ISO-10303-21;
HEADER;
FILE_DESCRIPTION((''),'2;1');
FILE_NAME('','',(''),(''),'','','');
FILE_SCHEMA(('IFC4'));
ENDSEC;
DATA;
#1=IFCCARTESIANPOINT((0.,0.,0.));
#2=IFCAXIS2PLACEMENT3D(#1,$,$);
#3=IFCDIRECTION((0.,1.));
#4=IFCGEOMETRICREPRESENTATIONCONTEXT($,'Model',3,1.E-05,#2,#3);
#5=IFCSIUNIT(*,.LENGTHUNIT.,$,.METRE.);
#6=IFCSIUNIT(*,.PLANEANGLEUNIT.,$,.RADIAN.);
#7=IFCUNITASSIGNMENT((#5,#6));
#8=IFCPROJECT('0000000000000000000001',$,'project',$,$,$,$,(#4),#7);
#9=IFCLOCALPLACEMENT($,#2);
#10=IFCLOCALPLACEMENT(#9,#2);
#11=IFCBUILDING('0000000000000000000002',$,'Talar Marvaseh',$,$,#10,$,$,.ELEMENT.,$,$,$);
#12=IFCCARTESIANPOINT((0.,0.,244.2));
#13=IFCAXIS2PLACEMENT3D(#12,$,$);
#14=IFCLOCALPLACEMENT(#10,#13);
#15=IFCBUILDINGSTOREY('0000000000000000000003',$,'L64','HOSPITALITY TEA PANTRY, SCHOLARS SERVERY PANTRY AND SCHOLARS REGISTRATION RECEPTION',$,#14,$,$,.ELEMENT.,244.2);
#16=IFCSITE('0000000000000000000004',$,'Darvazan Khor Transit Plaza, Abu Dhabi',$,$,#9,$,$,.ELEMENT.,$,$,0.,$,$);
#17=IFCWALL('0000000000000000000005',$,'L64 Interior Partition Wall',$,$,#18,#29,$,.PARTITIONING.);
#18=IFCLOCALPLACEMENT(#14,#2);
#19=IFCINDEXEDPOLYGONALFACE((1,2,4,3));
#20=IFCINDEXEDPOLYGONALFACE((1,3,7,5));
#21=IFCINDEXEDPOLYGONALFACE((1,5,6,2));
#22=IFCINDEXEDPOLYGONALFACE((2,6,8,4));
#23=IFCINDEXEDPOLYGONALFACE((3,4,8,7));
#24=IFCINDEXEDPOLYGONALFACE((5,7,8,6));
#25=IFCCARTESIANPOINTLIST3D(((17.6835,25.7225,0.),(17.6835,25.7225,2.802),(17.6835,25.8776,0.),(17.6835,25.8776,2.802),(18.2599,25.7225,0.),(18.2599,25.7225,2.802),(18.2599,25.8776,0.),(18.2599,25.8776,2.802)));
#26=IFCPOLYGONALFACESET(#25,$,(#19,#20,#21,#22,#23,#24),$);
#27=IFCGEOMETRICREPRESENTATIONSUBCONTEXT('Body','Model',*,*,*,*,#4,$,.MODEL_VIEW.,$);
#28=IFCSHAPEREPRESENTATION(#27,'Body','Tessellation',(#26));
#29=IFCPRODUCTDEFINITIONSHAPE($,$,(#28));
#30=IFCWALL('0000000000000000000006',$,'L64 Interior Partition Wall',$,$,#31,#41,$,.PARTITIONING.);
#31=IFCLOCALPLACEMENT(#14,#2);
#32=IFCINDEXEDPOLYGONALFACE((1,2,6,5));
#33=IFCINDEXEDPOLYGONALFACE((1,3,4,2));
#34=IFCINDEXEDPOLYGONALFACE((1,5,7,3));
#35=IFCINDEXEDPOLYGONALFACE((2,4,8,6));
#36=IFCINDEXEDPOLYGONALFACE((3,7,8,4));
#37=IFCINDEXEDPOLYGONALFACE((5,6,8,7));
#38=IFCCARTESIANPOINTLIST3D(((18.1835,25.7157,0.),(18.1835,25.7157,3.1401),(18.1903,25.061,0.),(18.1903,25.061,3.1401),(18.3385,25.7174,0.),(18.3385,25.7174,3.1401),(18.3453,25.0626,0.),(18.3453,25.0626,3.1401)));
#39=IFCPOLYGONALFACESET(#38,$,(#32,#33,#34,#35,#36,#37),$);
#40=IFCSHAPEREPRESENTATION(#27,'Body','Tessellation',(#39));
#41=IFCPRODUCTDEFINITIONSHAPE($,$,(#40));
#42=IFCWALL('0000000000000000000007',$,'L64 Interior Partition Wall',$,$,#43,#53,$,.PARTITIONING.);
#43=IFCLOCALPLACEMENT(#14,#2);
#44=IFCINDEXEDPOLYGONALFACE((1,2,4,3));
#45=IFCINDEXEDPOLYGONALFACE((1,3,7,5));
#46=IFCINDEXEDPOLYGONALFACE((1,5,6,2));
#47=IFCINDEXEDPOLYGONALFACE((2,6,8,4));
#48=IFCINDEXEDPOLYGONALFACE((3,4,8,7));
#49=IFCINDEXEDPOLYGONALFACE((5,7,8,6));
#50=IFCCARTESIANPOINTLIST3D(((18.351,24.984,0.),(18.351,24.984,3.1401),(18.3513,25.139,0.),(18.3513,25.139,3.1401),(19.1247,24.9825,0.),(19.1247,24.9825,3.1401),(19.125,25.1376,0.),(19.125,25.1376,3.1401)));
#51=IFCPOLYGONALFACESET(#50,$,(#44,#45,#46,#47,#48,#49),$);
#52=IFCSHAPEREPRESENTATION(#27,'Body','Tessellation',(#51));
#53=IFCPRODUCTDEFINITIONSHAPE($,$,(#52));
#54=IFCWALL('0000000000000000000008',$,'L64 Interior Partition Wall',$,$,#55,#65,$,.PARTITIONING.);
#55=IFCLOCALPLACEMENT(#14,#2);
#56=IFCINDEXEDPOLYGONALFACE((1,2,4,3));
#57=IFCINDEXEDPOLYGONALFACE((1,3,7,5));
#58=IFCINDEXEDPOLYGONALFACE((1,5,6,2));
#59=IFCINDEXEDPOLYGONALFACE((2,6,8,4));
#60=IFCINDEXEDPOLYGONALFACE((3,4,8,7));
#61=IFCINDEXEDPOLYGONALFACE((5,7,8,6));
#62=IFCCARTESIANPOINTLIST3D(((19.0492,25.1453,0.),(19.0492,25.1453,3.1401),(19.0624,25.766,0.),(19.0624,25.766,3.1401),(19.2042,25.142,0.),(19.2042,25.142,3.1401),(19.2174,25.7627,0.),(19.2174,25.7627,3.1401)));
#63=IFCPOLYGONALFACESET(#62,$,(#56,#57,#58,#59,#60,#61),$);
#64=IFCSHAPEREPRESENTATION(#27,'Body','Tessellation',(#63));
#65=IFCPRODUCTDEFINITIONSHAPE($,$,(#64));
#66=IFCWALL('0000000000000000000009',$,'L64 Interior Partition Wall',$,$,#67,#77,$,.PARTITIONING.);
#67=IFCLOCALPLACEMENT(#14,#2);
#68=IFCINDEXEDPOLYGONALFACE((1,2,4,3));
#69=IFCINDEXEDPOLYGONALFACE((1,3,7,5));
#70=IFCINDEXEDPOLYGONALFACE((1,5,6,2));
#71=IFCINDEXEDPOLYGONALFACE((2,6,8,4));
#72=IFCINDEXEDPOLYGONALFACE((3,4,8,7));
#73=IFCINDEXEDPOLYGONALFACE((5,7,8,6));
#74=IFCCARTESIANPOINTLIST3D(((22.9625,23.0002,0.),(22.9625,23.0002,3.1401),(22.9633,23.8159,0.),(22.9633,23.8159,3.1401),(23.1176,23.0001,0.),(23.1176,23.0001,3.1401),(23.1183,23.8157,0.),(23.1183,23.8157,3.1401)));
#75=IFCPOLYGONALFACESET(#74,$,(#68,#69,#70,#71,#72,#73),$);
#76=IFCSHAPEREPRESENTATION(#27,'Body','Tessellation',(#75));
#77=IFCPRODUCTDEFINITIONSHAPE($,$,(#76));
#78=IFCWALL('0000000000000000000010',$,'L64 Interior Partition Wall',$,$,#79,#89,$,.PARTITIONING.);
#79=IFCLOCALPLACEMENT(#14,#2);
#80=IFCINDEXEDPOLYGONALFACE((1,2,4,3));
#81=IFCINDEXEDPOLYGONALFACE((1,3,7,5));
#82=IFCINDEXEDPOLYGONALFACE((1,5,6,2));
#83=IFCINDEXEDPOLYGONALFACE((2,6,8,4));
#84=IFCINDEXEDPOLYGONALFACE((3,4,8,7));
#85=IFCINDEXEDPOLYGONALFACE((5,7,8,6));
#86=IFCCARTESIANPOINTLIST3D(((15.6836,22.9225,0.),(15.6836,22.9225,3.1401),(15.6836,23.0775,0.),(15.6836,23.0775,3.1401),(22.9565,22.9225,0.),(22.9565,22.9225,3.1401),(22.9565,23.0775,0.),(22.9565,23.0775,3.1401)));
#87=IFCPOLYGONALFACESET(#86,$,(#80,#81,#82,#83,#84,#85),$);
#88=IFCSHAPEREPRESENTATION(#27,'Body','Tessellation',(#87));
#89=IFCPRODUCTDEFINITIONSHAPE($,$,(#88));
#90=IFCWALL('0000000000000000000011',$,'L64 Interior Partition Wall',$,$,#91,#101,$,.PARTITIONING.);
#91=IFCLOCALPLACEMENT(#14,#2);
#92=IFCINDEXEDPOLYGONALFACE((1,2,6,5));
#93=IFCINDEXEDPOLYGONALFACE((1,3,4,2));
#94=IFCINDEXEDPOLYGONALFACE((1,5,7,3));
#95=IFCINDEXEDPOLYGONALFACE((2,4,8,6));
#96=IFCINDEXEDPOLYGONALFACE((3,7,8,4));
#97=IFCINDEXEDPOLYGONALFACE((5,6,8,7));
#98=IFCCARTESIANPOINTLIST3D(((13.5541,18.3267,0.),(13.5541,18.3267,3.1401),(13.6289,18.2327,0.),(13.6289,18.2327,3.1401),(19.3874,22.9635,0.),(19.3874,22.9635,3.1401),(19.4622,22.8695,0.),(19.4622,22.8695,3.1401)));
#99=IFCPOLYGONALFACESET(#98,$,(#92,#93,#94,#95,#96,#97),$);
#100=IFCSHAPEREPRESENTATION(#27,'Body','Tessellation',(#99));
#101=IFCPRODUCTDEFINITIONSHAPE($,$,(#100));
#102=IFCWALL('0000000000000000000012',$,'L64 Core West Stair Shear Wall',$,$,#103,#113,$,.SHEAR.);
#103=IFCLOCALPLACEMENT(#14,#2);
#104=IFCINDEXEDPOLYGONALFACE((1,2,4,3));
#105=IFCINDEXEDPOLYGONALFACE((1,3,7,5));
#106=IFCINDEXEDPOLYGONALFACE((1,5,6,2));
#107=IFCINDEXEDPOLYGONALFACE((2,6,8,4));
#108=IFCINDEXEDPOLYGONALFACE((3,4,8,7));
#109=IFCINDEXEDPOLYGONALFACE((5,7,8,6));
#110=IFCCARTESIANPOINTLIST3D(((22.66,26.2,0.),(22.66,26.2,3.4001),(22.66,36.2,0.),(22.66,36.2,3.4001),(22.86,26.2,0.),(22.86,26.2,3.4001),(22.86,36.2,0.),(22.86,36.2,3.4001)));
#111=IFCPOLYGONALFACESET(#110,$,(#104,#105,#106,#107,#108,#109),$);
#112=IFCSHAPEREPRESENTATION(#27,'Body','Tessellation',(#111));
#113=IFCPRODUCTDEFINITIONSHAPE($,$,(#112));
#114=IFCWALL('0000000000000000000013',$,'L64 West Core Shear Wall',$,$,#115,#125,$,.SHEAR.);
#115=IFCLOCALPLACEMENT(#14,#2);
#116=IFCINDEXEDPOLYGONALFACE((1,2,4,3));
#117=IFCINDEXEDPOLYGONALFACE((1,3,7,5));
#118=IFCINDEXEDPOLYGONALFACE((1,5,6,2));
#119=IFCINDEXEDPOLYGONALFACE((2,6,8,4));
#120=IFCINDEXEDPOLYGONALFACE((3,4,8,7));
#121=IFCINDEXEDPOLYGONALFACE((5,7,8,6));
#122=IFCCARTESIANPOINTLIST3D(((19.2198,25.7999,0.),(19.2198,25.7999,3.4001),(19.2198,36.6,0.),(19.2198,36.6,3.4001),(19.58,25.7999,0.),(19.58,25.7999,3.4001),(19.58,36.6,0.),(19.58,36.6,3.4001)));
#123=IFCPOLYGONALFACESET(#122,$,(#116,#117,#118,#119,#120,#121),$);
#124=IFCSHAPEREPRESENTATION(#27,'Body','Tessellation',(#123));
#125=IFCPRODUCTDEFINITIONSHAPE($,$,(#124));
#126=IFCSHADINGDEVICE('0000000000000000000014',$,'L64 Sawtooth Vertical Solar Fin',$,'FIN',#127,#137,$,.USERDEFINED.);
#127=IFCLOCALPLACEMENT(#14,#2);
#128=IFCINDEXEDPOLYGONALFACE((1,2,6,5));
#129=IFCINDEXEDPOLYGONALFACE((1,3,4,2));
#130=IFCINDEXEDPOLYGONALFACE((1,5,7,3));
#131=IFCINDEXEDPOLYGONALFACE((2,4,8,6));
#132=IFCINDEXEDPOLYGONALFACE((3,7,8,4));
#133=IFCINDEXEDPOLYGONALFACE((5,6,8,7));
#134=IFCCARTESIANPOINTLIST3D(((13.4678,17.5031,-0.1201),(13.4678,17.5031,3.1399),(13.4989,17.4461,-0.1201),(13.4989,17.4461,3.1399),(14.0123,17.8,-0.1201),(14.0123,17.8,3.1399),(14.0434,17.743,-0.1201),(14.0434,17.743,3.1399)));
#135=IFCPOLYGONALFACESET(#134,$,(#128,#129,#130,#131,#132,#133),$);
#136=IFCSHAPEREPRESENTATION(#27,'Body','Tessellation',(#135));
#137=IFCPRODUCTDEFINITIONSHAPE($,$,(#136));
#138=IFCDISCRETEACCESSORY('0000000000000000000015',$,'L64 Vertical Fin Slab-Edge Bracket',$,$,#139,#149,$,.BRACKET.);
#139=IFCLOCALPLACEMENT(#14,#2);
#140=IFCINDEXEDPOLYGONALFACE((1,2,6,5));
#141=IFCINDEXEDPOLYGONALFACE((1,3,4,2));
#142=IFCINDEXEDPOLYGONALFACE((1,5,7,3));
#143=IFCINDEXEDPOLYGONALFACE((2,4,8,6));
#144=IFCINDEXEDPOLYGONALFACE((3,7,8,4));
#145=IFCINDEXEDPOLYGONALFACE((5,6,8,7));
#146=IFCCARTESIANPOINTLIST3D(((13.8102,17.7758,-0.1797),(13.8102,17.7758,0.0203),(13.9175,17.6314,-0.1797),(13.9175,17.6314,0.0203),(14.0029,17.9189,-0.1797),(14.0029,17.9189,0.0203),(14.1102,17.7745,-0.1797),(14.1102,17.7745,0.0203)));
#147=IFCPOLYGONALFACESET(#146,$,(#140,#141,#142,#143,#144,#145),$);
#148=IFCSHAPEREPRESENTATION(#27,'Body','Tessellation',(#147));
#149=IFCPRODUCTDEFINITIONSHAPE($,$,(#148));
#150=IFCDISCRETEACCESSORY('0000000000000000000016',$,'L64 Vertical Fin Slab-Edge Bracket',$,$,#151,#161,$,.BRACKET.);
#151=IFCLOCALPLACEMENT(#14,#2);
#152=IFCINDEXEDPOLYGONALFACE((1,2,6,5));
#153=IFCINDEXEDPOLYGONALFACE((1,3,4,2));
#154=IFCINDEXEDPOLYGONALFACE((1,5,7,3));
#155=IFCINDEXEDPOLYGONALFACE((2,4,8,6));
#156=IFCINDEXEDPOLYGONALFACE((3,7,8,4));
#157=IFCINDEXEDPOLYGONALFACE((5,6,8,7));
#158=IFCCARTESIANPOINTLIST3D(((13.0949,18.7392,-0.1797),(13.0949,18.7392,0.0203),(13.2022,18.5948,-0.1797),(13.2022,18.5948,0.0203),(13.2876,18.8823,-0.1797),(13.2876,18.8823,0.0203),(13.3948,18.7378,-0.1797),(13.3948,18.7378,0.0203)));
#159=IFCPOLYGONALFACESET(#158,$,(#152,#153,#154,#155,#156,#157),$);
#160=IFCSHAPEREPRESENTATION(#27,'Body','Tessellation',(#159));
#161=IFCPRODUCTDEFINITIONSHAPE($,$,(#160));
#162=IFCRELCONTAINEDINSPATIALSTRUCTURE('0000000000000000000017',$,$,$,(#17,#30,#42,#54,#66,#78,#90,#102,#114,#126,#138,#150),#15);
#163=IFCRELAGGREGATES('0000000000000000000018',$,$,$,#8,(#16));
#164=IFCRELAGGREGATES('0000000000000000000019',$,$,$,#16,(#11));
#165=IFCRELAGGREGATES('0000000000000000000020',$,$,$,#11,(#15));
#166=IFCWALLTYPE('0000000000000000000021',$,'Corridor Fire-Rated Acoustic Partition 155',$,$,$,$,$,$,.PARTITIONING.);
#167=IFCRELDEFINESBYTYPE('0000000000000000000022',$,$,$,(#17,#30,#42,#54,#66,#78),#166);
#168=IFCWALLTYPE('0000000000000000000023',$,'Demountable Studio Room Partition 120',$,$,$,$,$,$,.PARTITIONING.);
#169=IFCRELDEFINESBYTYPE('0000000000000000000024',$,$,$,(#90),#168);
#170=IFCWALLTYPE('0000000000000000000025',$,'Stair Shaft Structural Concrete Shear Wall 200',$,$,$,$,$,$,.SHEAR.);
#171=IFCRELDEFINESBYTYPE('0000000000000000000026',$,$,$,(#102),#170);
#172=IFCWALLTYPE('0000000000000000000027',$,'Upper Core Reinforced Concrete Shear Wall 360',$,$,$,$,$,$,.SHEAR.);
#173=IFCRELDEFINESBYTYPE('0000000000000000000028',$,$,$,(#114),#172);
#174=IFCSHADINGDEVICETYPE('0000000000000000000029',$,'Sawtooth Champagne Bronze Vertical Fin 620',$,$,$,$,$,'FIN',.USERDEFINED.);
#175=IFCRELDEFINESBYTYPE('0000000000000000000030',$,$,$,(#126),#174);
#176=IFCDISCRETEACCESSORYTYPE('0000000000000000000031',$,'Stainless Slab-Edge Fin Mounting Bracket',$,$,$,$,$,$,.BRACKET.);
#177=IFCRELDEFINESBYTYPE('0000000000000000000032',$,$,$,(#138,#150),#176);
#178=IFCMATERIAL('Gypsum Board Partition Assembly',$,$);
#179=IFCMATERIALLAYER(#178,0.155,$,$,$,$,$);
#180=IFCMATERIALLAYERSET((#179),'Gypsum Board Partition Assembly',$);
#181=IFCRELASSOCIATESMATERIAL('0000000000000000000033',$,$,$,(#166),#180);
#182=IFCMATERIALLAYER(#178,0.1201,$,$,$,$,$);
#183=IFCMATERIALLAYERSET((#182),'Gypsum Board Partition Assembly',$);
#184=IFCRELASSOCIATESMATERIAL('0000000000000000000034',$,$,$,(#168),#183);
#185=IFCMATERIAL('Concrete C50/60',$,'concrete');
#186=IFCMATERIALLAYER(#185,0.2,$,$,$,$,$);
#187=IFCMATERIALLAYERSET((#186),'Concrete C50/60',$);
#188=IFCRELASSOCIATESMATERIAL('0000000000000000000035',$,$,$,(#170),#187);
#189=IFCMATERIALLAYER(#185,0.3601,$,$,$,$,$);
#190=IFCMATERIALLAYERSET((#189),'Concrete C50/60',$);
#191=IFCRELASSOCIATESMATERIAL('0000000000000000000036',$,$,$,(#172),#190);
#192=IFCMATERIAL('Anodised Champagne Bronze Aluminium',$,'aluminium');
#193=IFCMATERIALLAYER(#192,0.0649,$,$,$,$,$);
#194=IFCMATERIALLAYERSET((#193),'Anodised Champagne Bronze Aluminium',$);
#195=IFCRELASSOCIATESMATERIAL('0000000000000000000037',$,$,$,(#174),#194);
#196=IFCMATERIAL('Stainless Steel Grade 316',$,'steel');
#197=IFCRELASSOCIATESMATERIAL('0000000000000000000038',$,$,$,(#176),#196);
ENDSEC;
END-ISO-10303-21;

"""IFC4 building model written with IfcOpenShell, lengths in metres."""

from ifc_helpers import new_model, si_unit, direction, frame, frame_2d, origin, origin_2d, place, context, subcontext, project, spatial, rectangle, extrude, source, transform, mapped, material, layer, layer_set, type_object, type_shapes, element, save


model = new_model("IFC4")

# Units and contexts
model_context = context("Model", 3, precision=1e-05, world=origin(), true_north=direction((0.0, 1.0)))
body_context = subcontext(model_context, "Body", "Model", "MODEL_VIEW")
ifc_project = project(units=[si_unit("LENGTHUNIT", "METRE"), si_unit("PLANEANGLEUNIT", "RADIAN")], contexts=[model_context])

# Site, building, storey
site_placement = place(None, origin())
site = spatial("IfcSite", under=ifc_project, at=site_placement, Name="Darvazan Khor Transit Plaza, Abu Dhabi", CompositionType="ELEMENT", RefElevation=0.0)
building_placement = place(site_placement, origin())
building = spatial("IfcBuilding", under=site, at=building_placement, Name="Talar Marvaseh", CompositionType="ELEMENT")
storey_placement = place(building_placement, frame((0.0, 0.0, 244.2)))
storey = spatial("IfcBuildingStorey", under=building, at=storey_placement, Name="L64", Description="HOSPITALITY TEA PANTRY, SCHOLARS SERVERY PANTRY AND SCHOLARS REGISTRATION RECEPTION", CompositionType="ELEMENT", Elevation=244.2)

# Shared definitions
ifc_material_1 = material(Name="Concrete C50/60", Category="concrete")

# Shared definitions
ifc_material_2 = material(Name="Gypsum Board Partition Assembly")
ifc_layer_1 = layer(ifc_material_2, 0.155)
ifc_layer_set_1 = layer_set([ifc_layer_1], Name="Gypsum Board Partition Assembly")
wall_type_1 = type_object("IfcWallType", Name="Corridor Fire-Rated Acoustic Partition 155", PredefinedType="PARTITIONING", material=ifc_layer_set_1)

# Walls
wall_1_placement = place(storey_placement, frame((17.6836, 25.8, 0.0), z_axis=(0.0, 0.0, 1.0), x_axis=(1.0, 0.0, 0.0)))
element("IfcWall", 1, at=wall_1_placement, inside=storey, type_object=wall_type_1, Name="L64 Interior Partition Wall", PredefinedType="PARTITIONING", context=body_context, shape_type="SweptSolid", body=[
    extrude(rectangle(XDim=0.5764, YDim=0.155, at=frame_2d((0.2881, 0.0))), origin(), (0.0, 0.0, 1.0), 2.802),
])
wall_2_placement = place(storey_placement, frame((18.261, 25.7166, 0.0), z_axis=(0.0, 0.0, 1.0), x_axis=(0.010439, -0.999946, 0.0)))
element("IfcWall", 2, at=wall_2_placement, inside=storey, type_object=wall_type_1, Name="L64 Interior Partition Wall", PredefinedType="PARTITIONING", context=body_context, shape_type="SweptSolid", body=[
    extrude(rectangle(XDim=0.6548, YDim=0.155, at=frame_2d((0.3274, 0.0))), origin(), (0.0, 0.0, 1.0), 3.1401),
])
wall_3_placement = place(storey_placement, frame((18.3513, 25.0615, 0.0), z_axis=(0.0, 0.0, 1.0), x_axis=(0.999998, -0.001893, 0.0)))
element("IfcWall", 3, at=wall_3_placement, inside=storey, type_object=wall_type_1, Name="L64 Interior Partition Wall", PredefinedType="PARTITIONING", context=body_context, shape_type="SweptSolid", body=[
    extrude(rectangle(XDim=0.7737, YDim=0.155, at=frame_2d((0.3867, 0.0))), origin(), (0.0, 0.0, 1.0), 3.1401),
])
wall_4_placement = place(storey_placement, frame((19.1267, 25.1436, 0.0), z_axis=(0.0, 0.0, 1.0), x_axis=(0.021238, 0.999774, 0.0)))
element("IfcWall", 4, at=wall_4_placement, inside=storey, type_object=wall_type_1, Name="L64 Interior Partition Wall", PredefinedType="PARTITIONING", context=body_context, shape_type="SweptSolid", body=[
    extrude(rectangle(XDim=0.6208, YDim=0.155, at=frame_2d((0.3105, 0.0))), origin(), (0.0, 0.0, 1.0), 3.1401),
])
wall_5_placement = place(storey_placement, frame((23.0408, 23.8157, 0.0), z_axis=(0.0, 0.0, 1.0), x_axis=(-0.000898, -1.0, 0.0)))
element("IfcWall", 5, at=wall_5_placement, inside=storey, type_object=wall_type_1, Name="L64 Interior Partition Wall", PredefinedType="PARTITIONING", context=body_context, shape_type="SweptSolid", body=[
    extrude(rectangle(XDim=0.8157, YDim=0.155, at=frame_2d((0.4077, 0.0))), origin(), (0.0, 0.0, 1.0), 3.1401),
])
wall_6_placement = place(storey_placement, frame((22.9565, 23.0, 0.0), z_axis=(0.0, 0.0, 1.0), x_axis=(-1.0, 0.0, 0.0)))
element("IfcWall", 6, at=wall_6_placement, inside=storey, type_object=wall_type_1, Name="L64 Interior Partition Wall", PredefinedType="PARTITIONING", context=body_context, shape_type="SweptSolid", body=[
    extrude(rectangle(XDim=7.2729, YDim=0.155, at=frame_2d((3.6365, 0.0))), origin(), (0.0, 0.0, 1.0), 3.1401),
])
ifc_layer_2 = layer(ifc_material_2, 0.1201)
ifc_layer_set_2 = layer_set([ifc_layer_2], Name="Gypsum Board Partition Assembly")
wall_type_2 = type_object("IfcWallType", Name="Demountable Studio Room Partition 120", PredefinedType="PARTITIONING", material=ifc_layer_set_2)
wall_7_placement = place(storey_placement, frame((19.4248, 22.9165, 0.0), z_axis=(0.0, 0.0, 1.0), x_axis=(-0.782821, -0.622247, 0.0)))
element("IfcWall", 7, at=wall_7_placement, inside=storey, type_object=wall_type_2, Name="L64 Interior Partition Wall", PredefinedType="PARTITIONING", context=body_context, shape_type="SweptSolid", body=[
    extrude(rectangle(XDim=7.4517, YDim=0.1201, at=frame_2d((3.7258, 0.0))), origin(), (0.0, 0.0, 1.0), 3.1401),
])
ifc_layer_3 = layer(ifc_material_1, 0.2)
ifc_layer_set_3 = layer_set([ifc_layer_3], Name="Concrete C50/60")
wall_type_3 = type_object("IfcWallType", Name="Stair Shaft Structural Concrete Shear Wall 200", PredefinedType="SHEAR", material=ifc_layer_set_3)
wall_8_placement = place(storey_placement, frame((22.76, 26.2, 0.0), z_axis=(0.0, 0.0, 1.0), x_axis=(0.0, 1.0, 0.0)))
element("IfcWall", 8, at=wall_8_placement, inside=storey, type_object=wall_type_3, Name="L64 Core West Stair Shear Wall", PredefinedType="SHEAR", context=body_context, shape_type="SweptSolid", body=[
    extrude(rectangle(XDim=10.0, YDim=0.2, at=frame_2d((5.0, 0.0))), origin(), (0.0, 0.0, 1.0), 3.4001),
])
ifc_layer_4 = layer(ifc_material_1, 0.3601)
ifc_layer_set_4 = layer_set([ifc_layer_4], Name="Concrete C50/60")
wall_type_4 = type_object("IfcWallType", Name="Upper Core Reinforced Concrete Shear Wall 360", PredefinedType="SHEAR", material=ifc_layer_set_4)
wall_9_placement = place(storey_placement, frame((19.3999, 25.8, 0.0), z_axis=(0.0, 0.0, 1.0), x_axis=(0.0, 1.0, 0.0)))
element("IfcWall", 9, at=wall_9_placement, inside=storey, type_object=wall_type_4, Name="L64 West Core Shear Wall", PredefinedType="SHEAR", context=body_context, shape_type="SweptSolid", body=[
    extrude(rectangle(XDim=10.8, YDim=0.3601, at=frame_2d((5.3999, 0.0))), origin(), (0.0, 0.0, 1.0), 3.4001),
])

# Shading device
ifc_material_3 = material(Name="Anodised Champagne Bronze Aluminium", Category="aluminium")
ifc_layer_5 = layer(ifc_material_3, 0.0649)
ifc_layer_set_5 = layer_set([ifc_layer_5], Name="Anodised Champagne Bronze Aluminium")
shading_device_type = type_object("IfcShadingDeviceType", Name="Sawtooth Champagne Bronze Vertical Fin 620", ElementType="FIN", PredefinedType="USERDEFINED", material=ifc_layer_set_5)
shared_shape_1 = source(origin(), body_context, "Body", "SweptSolid", [
    extrude(rectangle(XDim=0.6201, YDim=0.0649, at=origin_2d()), origin(), (0.0, 0.0, 1.0), 3.26),
])
type_shapes(shading_device_type, [shared_shape_1])
shading_device_placement = place(storey_placement, frame((13.7556, 17.623, -0.1201), z_axis=(0.0, 0.0, 1.0), x_axis=(-0.877983, -0.478692, 0.0)))
element("IfcShadingDevice", 10, at=shading_device_placement, inside=storey, type_object=shading_device_type, Name="L64 Sawtooth Vertical Solar Fin", ObjectType="FIN", PredefinedType="USERDEFINED", context=body_context, shape_type="MappedRepresentation", body=[
    mapped(shared_shape_1, transform((0.0, 0.0, 0.0), x_axis=(1.0, 0.0, 0.0), y_axis=(0.0, 1.0, 0.0), z_axis=(0.0, 0.0, 1.0), scale=1.0)),
])

# Discrete accessories
ifc_material_4 = material(Name="Stainless Steel Grade 316", Category="steel")
discrete_accessory_type = type_object("IfcDiscreteAccessoryType", Name="Stainless Slab-Edge Fin Mounting Bracket", PredefinedType="BRACKET", material=ifc_material_4)
shared_shape_2 = source(origin(), body_context, "Body", "SweptSolid", [
    extrude(rectangle(XDim=0.24, YDim=0.1799, at=origin_2d()), origin(), (0.0, 0.0, 1.0), 0.2),
])
type_shapes(discrete_accessory_type, [shared_shape_2])
for number, where, z_axis, x_axis, name in (
    (11, (13.9602, 17.7751, -0.1797), (0.0, 0.0, 1.0), (-0.802817, -0.596225, 0.0), "L64 Vertical Fin Slab-Edge Bracket"),
    (12, (13.2449, 18.7385, -0.1797), (0.0, 0.0, 1.0), (-0.802817, -0.596225, 0.0), "L64 Vertical Fin Slab-Edge Bracket"),
):
    element("IfcDiscreteAccessory", number, at=place(storey_placement, frame(where, z_axis=z_axis, x_axis=x_axis)), inside=storey, type_object=discrete_accessory_type, Name=name, PredefinedType="BRACKET", context=body_context, shape_type="MappedRepresentation", body=[
        mapped(shared_shape_2, transform((0.0, 0.0, 0.0), x_axis=(1.0, 0.0, 0.0), y_axis=(0.0, 1.0, 0.0), z_axis=(0.0, 0.0, 1.0), scale=1.0)),
    ])

save(model, "model.ifc")
